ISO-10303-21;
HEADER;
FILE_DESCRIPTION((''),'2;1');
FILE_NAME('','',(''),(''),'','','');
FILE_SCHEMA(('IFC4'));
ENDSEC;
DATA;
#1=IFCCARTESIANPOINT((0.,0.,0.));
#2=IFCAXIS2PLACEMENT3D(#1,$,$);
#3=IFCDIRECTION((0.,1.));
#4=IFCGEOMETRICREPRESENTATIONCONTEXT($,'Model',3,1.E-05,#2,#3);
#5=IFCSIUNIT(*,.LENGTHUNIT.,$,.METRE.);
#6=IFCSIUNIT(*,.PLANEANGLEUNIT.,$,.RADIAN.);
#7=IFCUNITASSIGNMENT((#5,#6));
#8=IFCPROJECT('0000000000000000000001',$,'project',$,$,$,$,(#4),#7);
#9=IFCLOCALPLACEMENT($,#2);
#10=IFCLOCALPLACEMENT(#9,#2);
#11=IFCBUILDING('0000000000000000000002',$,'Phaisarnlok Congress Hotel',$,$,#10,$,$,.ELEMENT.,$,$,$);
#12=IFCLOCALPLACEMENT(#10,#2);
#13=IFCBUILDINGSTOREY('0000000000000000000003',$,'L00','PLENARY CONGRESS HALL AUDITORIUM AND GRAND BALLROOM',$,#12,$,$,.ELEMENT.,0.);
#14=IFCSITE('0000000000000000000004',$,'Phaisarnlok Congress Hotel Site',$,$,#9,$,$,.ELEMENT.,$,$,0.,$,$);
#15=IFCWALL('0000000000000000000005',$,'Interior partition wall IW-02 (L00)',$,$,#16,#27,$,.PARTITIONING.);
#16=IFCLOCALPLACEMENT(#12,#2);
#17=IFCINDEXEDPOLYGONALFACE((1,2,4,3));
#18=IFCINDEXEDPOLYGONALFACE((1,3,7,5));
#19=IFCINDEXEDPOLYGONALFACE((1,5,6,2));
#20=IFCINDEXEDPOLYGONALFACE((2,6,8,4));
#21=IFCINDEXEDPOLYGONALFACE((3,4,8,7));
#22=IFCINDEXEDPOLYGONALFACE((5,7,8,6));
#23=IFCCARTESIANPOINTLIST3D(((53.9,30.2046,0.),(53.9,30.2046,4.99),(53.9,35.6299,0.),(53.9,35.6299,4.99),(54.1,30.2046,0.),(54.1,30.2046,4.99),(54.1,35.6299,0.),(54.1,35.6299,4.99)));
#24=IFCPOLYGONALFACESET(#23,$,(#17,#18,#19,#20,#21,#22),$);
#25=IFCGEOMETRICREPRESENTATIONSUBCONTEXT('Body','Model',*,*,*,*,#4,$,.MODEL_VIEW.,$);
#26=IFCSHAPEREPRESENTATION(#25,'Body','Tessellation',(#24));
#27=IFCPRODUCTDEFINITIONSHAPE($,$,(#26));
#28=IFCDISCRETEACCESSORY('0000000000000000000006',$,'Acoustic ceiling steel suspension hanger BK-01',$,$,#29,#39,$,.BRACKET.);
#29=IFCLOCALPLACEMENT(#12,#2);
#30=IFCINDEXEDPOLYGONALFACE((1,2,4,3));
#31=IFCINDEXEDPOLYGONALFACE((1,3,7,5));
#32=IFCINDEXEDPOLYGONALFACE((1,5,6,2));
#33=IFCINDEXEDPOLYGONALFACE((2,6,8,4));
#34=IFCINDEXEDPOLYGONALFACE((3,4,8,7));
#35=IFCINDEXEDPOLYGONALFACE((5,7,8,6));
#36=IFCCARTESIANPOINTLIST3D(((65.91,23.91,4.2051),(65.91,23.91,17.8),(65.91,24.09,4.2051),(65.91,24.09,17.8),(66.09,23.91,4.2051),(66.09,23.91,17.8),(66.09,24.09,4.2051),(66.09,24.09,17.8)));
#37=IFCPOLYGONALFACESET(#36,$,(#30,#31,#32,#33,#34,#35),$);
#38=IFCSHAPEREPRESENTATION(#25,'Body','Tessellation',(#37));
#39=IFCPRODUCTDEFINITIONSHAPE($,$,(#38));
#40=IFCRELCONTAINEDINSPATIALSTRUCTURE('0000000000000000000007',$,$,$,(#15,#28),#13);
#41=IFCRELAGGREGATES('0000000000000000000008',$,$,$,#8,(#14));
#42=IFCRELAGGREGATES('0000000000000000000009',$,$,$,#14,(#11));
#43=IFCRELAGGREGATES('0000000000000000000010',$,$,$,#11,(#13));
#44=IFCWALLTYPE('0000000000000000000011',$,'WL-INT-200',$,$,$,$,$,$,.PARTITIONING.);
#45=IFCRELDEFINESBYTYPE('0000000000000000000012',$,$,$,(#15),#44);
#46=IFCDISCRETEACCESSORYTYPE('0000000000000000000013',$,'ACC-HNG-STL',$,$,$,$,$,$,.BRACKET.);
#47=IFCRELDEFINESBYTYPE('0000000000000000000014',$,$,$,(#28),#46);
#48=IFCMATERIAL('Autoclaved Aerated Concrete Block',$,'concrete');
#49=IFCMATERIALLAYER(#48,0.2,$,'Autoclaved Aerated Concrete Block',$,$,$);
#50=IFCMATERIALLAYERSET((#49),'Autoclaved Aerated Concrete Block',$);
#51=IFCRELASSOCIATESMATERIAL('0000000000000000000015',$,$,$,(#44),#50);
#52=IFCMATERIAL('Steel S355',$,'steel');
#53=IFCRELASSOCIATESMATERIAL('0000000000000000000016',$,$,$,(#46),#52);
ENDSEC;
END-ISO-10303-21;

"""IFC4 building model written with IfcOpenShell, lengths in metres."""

from ifc_helpers import new_model, si_unit, direction, frame, frame_2d, origin, origin_2d, place, context, subcontext, project, spatial, rectangle, extrude, material, layer, layer_set, type_object, element, save


model = new_model("IFC4")

# Units and contexts
model_context = context("Model", 3, precision=1e-05, world=origin(), true_north=direction((0.0, 1.0)))
body_context = subcontext(model_context, "Body", "Model", "MODEL_VIEW")
ifc_project = project(units=[si_unit("LENGTHUNIT", "METRE"), si_unit("PLANEANGLEUNIT", "RADIAN")], contexts=[model_context])

# Site, building, storey
site_placement = place(None, origin())
site = spatial("IfcSite", under=ifc_project, at=site_placement, Name="Phaisarnlok Congress Hotel Site", CompositionType="ELEMENT", RefElevation=0.0)
building_placement = place(site_placement, origin())
building = spatial("IfcBuilding", under=site, at=building_placement, Name="Phaisarnlok Congress Hotel", CompositionType="ELEMENT")
storey_placement = place(building_placement, origin())
storey = spatial("IfcBuildingStorey", under=building, at=storey_placement, Name="L00", Description="PLENARY CONGRESS HALL AUDITORIUM AND GRAND BALLROOM", CompositionType="ELEMENT", Elevation=0.0)

# Shared definitions
ifc_material_1 = material(Name="Steel S355", Category="steel")

# Wall
ifc_material_2 = material(Name="Autoclaved Aerated Concrete Block", Category="concrete")
ifc_layer_1 = layer(ifc_material_2, 0.2, Name="Autoclaved Aerated Concrete Block")
ifc_layer_set_1 = layer_set([ifc_layer_1], Name="Autoclaved Aerated Concrete Block")
wall_type_1 = type_object("IfcWallType", Name="WL-INT-200", PredefinedType="PARTITIONING", material=ifc_layer_set_1)
wall_1_placement = place(storey_placement, frame((54.0, 30.2046, 0.0), z_axis=(0.0, 0.0, 1.0), x_axis=(0.0, 1.0, 0.0)))
element("IfcWall", 1, at=wall_1_placement, inside=storey, type_object=wall_type_1, Name="Interior partition wall IW-02 (L00)", PredefinedType="PARTITIONING", context=body_context, shape_type="SweptSolid", body=[
    extrude(rectangle(XDim=5.4253, YDim=0.2, at=frame_2d((2.7126, 0.0))), origin(), (0.0, 0.0, 1.0), 4.99),
])

# Discrete accessory
discrete_accessory_type = type_object("IfcDiscreteAccessoryType", Name="ACC-HNG-STL", PredefinedType="BRACKET", material=ifc_material_1)
discrete_accessory_placement = place(storey_placement, frame((66.0, 24.0, 4.2051), z_axis=(0.0, 0.0, 1.0), x_axis=(1.0, 0.0, 0.0)))
element("IfcDiscreteAccessory", 2, at=discrete_accessory_placement, inside=storey, type_object=discrete_accessory_type, Name="Acoustic ceiling steel suspension hanger BK-01", PredefinedType="BRACKET", context=body_context, shape_type="SweptSolid", body=[
    extrude(rectangle(XDim=0.1799, YDim=0.1799, at=origin_2d()), origin(), (0.0, 0.0, 1.0), 13.595),
])

save(model, "model.ifc")
